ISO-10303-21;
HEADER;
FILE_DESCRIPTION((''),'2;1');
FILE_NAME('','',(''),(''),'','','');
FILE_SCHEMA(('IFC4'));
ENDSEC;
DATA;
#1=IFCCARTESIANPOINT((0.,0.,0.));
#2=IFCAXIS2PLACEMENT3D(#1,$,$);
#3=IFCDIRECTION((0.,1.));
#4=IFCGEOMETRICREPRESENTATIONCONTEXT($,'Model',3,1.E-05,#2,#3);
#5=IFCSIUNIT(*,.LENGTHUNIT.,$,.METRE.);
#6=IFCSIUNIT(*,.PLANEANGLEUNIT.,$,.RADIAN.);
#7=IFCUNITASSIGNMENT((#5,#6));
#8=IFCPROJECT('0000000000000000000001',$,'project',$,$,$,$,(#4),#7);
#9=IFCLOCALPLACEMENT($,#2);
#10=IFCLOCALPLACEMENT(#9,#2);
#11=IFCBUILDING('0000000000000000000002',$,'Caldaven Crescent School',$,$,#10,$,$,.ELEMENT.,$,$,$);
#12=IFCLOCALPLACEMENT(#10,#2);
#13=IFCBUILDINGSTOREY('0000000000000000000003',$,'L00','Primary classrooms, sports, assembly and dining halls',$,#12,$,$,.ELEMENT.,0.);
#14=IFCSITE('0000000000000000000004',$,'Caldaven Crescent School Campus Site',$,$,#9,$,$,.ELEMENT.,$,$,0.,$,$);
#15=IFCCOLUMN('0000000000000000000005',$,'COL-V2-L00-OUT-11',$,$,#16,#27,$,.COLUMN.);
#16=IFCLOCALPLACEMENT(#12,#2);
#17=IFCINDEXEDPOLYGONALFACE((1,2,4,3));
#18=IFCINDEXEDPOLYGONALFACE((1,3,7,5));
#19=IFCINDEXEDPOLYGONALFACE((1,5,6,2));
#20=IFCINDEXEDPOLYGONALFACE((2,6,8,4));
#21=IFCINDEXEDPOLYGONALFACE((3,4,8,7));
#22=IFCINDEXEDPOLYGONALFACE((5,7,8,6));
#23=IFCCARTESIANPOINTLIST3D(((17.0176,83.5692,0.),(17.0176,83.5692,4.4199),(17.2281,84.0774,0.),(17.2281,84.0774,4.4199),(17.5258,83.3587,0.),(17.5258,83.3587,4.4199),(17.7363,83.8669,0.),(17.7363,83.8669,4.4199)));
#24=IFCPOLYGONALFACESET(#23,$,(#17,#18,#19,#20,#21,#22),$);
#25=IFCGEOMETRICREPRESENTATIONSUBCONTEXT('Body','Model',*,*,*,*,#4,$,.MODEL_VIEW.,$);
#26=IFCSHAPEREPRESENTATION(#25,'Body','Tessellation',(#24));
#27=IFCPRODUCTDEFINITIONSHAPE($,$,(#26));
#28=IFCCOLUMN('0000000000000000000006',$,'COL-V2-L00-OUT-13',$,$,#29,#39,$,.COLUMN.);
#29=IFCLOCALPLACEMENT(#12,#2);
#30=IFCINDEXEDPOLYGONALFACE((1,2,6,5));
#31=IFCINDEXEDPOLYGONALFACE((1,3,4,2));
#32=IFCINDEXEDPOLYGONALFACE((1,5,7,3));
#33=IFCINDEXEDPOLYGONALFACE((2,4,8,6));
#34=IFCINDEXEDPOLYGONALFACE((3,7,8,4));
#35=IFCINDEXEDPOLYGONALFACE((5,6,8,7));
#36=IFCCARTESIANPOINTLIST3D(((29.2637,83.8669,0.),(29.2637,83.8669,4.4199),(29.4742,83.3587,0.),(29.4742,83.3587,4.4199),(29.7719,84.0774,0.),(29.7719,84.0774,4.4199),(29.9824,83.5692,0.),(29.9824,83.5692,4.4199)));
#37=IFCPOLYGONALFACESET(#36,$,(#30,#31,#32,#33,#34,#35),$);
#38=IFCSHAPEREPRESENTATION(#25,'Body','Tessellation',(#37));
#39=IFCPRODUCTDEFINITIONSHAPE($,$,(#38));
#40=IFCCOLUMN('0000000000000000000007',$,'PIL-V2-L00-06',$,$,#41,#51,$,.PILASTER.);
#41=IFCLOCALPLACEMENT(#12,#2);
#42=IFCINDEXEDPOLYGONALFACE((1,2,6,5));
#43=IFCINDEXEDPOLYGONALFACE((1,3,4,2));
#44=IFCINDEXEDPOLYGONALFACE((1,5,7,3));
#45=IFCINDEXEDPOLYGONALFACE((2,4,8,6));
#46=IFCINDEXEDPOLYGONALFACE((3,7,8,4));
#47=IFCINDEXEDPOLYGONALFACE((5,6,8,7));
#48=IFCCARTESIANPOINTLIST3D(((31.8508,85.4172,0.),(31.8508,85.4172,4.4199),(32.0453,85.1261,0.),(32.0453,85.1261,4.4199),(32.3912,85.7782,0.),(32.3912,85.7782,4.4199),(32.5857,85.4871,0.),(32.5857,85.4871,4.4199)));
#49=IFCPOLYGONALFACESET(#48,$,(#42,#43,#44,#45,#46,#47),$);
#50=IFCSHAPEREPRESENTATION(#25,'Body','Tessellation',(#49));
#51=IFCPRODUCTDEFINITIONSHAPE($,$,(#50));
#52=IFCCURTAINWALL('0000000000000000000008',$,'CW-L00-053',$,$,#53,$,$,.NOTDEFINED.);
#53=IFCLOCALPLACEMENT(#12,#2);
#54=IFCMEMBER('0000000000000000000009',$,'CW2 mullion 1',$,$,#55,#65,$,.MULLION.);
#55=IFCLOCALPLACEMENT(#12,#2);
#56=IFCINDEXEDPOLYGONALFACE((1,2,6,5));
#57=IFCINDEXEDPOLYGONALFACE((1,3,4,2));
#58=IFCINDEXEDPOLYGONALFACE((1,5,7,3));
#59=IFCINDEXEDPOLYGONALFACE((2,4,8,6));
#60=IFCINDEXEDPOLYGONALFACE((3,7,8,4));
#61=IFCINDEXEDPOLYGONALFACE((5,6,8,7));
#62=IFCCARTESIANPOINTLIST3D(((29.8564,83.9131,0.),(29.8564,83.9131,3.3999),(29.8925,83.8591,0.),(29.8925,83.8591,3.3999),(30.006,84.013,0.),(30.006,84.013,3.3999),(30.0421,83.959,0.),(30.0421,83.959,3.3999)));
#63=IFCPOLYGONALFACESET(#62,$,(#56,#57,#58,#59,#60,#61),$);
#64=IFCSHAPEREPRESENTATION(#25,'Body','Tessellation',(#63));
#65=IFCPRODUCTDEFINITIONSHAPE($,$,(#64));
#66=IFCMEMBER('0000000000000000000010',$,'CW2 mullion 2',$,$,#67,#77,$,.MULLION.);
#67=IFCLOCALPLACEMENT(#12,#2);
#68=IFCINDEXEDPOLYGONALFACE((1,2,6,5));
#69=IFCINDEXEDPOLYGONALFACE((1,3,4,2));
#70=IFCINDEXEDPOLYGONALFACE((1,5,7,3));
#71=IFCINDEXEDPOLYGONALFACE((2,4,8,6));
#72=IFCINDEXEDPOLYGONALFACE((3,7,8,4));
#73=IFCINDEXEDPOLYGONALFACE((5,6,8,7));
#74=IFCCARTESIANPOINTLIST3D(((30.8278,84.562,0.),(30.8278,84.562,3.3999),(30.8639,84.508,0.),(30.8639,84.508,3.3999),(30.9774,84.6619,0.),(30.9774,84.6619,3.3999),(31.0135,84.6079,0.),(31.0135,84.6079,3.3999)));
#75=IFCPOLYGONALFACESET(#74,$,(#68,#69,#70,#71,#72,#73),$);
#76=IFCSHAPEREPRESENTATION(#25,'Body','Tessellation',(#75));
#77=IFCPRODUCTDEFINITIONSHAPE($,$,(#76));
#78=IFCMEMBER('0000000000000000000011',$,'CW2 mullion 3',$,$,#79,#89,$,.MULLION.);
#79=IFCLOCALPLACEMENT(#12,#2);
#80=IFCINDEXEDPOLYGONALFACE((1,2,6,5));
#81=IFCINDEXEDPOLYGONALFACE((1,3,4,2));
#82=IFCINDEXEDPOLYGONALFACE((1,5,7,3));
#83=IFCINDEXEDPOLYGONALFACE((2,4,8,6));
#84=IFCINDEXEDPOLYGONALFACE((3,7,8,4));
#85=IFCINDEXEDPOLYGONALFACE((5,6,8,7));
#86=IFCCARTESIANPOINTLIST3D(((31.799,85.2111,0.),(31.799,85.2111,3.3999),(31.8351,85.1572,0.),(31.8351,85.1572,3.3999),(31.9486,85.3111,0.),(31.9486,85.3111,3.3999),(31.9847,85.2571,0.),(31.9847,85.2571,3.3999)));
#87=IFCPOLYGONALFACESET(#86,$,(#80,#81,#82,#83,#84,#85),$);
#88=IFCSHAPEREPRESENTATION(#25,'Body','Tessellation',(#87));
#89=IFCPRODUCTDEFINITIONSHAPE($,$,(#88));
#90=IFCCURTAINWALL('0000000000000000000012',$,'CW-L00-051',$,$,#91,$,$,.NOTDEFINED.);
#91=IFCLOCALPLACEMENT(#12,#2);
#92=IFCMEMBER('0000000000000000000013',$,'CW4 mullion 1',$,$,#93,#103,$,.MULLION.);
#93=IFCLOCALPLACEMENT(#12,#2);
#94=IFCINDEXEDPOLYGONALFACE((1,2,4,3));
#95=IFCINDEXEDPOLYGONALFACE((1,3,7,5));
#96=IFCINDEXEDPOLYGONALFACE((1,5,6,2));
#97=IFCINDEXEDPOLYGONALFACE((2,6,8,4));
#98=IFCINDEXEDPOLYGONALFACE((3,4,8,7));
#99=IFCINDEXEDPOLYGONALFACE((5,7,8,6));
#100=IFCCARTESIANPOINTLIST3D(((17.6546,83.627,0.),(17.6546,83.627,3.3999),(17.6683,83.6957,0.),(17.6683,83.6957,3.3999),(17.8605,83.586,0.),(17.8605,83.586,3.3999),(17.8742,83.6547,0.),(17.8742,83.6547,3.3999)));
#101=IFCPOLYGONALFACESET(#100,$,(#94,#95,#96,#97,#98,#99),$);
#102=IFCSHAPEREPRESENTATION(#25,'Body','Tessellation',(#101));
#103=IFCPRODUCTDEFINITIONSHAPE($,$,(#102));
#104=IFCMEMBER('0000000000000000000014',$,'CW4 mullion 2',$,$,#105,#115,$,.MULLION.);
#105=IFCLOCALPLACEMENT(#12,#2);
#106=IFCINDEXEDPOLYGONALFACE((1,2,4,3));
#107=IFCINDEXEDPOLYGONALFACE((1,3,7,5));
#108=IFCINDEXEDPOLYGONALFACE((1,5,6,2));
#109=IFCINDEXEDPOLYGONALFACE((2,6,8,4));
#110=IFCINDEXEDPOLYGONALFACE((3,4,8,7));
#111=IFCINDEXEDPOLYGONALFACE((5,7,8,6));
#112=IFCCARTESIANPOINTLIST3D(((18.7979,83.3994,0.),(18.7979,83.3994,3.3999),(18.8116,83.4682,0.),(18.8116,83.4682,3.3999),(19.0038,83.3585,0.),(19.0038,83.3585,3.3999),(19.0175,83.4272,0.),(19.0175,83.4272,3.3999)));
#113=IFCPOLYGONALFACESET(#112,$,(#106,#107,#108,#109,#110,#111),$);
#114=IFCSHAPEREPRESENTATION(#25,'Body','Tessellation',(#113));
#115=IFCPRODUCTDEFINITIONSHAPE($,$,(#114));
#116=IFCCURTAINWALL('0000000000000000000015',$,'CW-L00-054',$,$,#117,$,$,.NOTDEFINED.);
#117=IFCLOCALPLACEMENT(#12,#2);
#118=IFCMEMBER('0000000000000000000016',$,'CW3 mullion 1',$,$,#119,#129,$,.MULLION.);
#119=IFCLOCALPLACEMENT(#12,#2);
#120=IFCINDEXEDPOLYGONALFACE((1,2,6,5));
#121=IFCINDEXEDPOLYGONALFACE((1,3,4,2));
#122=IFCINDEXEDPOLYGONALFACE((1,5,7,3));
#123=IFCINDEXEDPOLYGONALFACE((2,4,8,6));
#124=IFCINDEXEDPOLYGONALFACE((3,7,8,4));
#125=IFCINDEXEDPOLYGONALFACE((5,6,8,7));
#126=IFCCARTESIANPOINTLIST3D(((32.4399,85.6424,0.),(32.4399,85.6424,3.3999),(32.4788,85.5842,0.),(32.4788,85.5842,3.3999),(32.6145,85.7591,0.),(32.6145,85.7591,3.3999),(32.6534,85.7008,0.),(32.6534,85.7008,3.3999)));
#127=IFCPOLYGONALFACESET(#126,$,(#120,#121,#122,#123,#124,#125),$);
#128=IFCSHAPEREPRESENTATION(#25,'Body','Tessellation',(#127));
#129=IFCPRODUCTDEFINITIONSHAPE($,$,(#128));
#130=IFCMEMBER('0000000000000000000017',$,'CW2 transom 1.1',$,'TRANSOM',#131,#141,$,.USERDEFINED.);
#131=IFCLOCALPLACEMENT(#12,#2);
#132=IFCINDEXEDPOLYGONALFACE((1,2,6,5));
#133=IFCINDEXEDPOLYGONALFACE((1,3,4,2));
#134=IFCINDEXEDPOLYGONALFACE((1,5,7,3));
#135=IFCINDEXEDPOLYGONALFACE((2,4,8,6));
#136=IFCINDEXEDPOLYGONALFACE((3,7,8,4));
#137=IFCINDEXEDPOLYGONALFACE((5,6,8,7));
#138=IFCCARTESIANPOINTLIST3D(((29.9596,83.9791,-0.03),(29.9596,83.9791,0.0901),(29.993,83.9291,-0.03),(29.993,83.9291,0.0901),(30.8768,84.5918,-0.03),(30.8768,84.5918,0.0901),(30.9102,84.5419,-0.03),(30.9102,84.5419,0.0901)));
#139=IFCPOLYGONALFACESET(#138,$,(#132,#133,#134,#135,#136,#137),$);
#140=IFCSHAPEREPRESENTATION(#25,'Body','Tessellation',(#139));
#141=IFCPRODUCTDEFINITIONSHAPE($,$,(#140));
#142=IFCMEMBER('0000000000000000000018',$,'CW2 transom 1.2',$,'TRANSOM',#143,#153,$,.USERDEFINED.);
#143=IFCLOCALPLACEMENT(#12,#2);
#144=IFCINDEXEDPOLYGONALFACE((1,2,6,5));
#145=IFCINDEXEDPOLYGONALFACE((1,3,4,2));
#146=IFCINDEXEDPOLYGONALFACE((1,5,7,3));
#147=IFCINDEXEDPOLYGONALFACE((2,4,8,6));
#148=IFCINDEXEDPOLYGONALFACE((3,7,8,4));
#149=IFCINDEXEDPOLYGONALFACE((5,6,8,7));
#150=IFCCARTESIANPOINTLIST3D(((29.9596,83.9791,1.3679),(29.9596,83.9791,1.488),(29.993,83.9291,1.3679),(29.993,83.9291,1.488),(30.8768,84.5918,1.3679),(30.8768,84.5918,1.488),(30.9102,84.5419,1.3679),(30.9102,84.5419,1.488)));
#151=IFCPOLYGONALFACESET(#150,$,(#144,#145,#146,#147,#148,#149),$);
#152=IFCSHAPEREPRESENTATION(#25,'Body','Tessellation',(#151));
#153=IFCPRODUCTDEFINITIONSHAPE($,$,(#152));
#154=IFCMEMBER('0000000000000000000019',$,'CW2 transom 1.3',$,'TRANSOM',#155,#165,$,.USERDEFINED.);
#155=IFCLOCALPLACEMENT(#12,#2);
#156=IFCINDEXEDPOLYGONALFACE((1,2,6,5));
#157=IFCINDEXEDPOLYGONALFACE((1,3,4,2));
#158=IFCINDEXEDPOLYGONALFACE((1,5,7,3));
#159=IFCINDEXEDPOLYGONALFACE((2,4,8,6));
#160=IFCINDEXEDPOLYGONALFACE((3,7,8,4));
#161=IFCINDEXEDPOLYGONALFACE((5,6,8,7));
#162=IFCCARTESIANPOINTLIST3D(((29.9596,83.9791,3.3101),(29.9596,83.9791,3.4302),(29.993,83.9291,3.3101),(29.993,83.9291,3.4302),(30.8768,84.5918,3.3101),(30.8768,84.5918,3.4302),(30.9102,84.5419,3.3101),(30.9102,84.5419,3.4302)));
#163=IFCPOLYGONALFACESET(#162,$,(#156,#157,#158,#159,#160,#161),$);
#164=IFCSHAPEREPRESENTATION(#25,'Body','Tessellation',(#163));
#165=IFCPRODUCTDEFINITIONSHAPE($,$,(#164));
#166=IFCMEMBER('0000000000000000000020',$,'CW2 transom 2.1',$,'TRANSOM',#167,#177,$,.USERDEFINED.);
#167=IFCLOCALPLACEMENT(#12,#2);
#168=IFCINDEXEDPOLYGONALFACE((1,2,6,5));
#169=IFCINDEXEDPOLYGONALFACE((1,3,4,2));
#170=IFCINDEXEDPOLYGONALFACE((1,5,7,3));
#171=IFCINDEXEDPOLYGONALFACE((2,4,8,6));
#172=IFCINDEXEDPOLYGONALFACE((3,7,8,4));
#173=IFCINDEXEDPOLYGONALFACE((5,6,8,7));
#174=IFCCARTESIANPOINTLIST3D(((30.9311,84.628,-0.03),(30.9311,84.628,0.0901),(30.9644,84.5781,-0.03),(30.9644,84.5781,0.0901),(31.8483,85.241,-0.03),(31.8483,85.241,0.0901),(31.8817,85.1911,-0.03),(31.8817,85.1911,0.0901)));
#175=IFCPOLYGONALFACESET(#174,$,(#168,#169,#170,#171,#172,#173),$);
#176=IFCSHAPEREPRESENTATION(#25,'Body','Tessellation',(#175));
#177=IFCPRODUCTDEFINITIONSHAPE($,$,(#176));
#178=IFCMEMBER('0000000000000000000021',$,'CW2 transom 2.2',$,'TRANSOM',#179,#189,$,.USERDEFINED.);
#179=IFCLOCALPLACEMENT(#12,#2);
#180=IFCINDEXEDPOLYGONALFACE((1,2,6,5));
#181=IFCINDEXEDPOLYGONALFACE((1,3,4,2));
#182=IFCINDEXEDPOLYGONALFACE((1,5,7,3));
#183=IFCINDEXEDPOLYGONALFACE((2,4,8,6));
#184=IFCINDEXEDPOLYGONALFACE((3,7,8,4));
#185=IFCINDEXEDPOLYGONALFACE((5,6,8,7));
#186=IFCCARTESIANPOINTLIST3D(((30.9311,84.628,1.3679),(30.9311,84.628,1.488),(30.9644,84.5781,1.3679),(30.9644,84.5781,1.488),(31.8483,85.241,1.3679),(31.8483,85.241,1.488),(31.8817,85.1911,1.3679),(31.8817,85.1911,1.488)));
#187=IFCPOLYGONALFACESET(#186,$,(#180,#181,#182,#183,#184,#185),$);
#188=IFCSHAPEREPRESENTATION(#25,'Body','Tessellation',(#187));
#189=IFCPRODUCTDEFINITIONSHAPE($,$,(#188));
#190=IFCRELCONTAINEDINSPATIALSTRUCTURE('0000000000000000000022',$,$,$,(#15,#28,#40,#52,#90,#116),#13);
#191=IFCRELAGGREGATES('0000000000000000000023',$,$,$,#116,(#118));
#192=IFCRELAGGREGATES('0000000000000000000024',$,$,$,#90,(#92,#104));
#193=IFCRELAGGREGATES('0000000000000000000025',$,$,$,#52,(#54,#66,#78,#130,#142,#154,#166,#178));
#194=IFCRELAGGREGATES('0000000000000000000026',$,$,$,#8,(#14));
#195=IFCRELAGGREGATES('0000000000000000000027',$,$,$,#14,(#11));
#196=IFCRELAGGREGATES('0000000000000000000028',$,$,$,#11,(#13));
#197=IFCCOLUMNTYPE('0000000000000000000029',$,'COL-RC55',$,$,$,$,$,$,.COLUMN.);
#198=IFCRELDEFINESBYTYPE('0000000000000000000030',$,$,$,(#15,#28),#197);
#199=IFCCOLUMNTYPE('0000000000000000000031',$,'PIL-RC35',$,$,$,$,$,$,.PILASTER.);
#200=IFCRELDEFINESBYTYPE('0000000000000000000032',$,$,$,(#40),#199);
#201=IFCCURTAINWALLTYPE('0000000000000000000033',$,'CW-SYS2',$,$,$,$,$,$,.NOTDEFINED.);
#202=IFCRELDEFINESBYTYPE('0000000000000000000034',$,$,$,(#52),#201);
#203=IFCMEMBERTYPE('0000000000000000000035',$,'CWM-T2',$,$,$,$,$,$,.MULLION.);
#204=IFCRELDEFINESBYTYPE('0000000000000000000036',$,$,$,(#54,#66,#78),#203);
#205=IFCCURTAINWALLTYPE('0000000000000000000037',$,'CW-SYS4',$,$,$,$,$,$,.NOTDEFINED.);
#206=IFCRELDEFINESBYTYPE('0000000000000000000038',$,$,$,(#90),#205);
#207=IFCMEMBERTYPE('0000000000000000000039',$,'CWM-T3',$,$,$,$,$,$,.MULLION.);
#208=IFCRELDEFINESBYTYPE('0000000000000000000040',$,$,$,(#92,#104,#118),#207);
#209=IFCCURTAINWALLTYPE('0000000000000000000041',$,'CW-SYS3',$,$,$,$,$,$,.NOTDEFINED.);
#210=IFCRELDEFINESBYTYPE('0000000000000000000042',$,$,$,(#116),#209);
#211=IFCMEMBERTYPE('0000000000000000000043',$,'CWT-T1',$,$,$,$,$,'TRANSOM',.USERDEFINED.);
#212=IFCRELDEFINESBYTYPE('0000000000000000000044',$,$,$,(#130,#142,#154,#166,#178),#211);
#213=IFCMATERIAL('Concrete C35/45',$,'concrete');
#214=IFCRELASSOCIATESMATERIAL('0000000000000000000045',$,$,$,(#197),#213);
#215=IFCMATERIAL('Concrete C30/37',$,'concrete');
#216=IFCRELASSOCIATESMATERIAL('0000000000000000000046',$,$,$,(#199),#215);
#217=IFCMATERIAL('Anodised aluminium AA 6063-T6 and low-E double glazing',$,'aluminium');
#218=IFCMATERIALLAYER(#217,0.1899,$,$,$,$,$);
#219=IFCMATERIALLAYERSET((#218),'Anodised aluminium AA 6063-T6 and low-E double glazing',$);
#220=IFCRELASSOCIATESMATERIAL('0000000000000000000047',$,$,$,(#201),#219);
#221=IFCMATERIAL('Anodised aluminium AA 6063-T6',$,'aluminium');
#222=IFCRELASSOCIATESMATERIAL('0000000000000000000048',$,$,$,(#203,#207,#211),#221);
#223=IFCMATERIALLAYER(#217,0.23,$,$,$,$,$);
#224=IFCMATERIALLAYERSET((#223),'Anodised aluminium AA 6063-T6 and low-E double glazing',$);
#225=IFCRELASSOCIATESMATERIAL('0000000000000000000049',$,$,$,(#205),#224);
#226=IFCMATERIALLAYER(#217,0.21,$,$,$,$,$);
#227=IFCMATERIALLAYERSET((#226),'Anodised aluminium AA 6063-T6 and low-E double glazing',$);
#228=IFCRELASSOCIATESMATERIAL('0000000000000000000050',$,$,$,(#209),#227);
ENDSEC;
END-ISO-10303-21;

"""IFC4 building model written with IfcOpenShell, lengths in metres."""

from ifc_helpers import new_model, si_unit, direction, frame, origin, origin_2d, place, context, subcontext, project, spatial, rectangle, extrude, material, layer, layer_set, material_profile, profile_set, type_object, element, aggregate, save


model = new_model("IFC4")

# Units and contexts
model_context = context("Model", 3, precision=1e-05, world=origin(), true_north=direction((0.0, 1.0)))
body_context = subcontext(model_context, "Body", "Model", "MODEL_VIEW")
ifc_project = project(units=[si_unit("LENGTHUNIT", "METRE"), si_unit("PLANEANGLEUNIT", "RADIAN")], contexts=[model_context])

# Site, building, storey
site_placement = place(None, origin())
site = spatial("IfcSite", under=ifc_project, at=site_placement, Name="Caldaven Crescent School Campus Site", CompositionType="ELEMENT", RefElevation=0.0)
building_placement = place(site_placement, origin())
building = spatial("IfcBuilding", under=site, at=building_placement, Name="Caldaven Crescent School", CompositionType="ELEMENT")
storey_placement = place(building_placement, origin())
storey = spatial("IfcBuildingStorey", under=building, at=storey_placement, Name="L00", Description="Primary classrooms, sports, assembly and dining halls", CompositionType="ELEMENT", Elevation=0.0)

# Columns
ifc_material_1 = material(Name="Concrete C35/45", Category="concrete")
ifc_material_profile_1 = material_profile(ifc_material_1, rectangle(XDim=0.55, YDim=0.55, at=origin_2d()), Name="RC 550x550")
ifc_profile_set_1 = profile_set([ifc_material_profile_1], Name="Concrete C35/45")
column_type_1 = type_object("IfcColumnType", Name="COL-RC55", PredefinedType="COLUMN", material=ifc_profile_set_1)
for number, where, z_axis, x_axis, name in (
    (1, (17.377, 83.718, 0.0), (0.0, 0.0, 1.0), (-0.382683, -0.92388, 0.0), "COL-V2-L00-OUT-11"),
    (2, (29.623, 83.718, 0.0), (0.0, 0.0, 1.0), (0.382683, -0.92388, 0.0), "COL-V2-L00-OUT-13"),
):
    element("IfcColumn", number, at=place(storey_placement, frame(where, z_axis=z_axis, x_axis=x_axis)), inside=storey, type_object=column_type_1, Name=name, PredefinedType="COLUMN", context=body_context, shape_type="SweptSolid", body=[
        extrude(rectangle(XDim=0.55, YDim=0.55, at=origin_2d()), origin(), (0.0, 0.0, 1.0), 4.4199),
    ])
ifc_material_2 = material(Name="Concrete C30/37", Category="concrete")
ifc_material_profile_2 = material_profile(ifc_material_2, rectangle(XDim=0.3501, YDim=0.6499, at=origin_2d()), Name="RC 350x650")
ifc_profile_set_2 = profile_set([ifc_material_profile_2], Name="Concrete C30/37")
column_type_2 = type_object("IfcColumnType", Name="PIL-RC35", PredefinedType="PILASTER", material=ifc_profile_set_2)
column_placement = place(storey_placement, frame((32.2183, 85.4521, 0.0), z_axis=(0.0, 0.0, 1.0), x_axis=(0.55557, -0.83147, 0.0)))
element("IfcColumn", 3, at=column_placement, inside=storey, type_object=column_type_2, Name="PIL-V2-L00-06", PredefinedType="PILASTER", context=body_context, shape_type="SweptSolid", body=[
    extrude(rectangle(XDim=0.3501, YDim=0.6499, at=origin_2d()), origin(), (0.0, 0.0, 1.0), 4.4199),
])

# Curtain walls, members
ifc_material_3 = material(Name="Anodised aluminium AA 6063-T6 and low-E double glazing", Category="aluminium")
ifc_layer_1 = layer(ifc_material_3, 0.1899)
ifc_layer_set_1 = layer_set([ifc_layer_1], Name="Anodised aluminium AA 6063-T6 and low-E double glazing")
curtain_wall_type_1 = type_object("IfcCurtainWallType", Name="CW-SYS2", PredefinedType="NOTDEFINED", material=ifc_layer_set_1)
curtain_wall_1_placement = place(storey_placement, origin())
curtain_wall_1 = element("IfcCurtainWall", 4, at=curtain_wall_1_placement, inside=storey, type_object=curtain_wall_type_1, Name="CW-L00-053", PredefinedType="NOTDEFINED")
ifc_material_4 = material(Name="Anodised aluminium AA 6063-T6", Category="aluminium")
ifc_material_profile_3 = material_profile(ifc_material_4, rectangle(XDim=0.0649, YDim=0.1799, at=origin_2d()), Name="CWM 65x180")
ifc_profile_set_3 = profile_set([ifc_material_profile_3], Name="Anodised aluminium AA 6063-T6")
member_type_1 = type_object("IfcMemberType", Name="CWM-T2", PredefinedType="MULLION", material=ifc_profile_set_3)
member_1_placement = place(storey_placement, frame((29.9492, 83.936, 0.0), z_axis=(0.0, 0.0, 1.0), x_axis=(-0.55557, 0.83147, 0.0)))
member_1 = element("IfcMember", 5, at=member_1_placement, type_object=member_type_1, Name="CW2 mullion 1", PredefinedType="MULLION", context=body_context, shape_type="SweptSolid", body=[
    extrude(rectangle(XDim=0.0649, YDim=0.1799, at=origin_2d()), origin(), (0.0, 0.0, 1.0), 3.3999),
])
member_2_placement = place(storey_placement, frame((30.9207, 84.585, 0.0), z_axis=(0.0, 0.0, 1.0), x_axis=(-0.55557, 0.83147, 0.0)))
member_2 = element("IfcMember", 6, at=member_2_placement, type_object=member_type_1, Name="CW2 mullion 2", PredefinedType="MULLION", context=body_context, shape_type="SweptSolid", body=[
    extrude(rectangle(XDim=0.0649, YDim=0.1799, at=origin_2d()), origin(), (0.0, 0.0, 1.0), 3.3999),
])
member_3_placement = place(storey_placement, frame((31.8918, 85.2341, 0.0), z_axis=(0.0, 0.0, 1.0), x_axis=(-0.55557, 0.83147, 0.0)))
member_3 = element("IfcMember", 7, at=member_3_placement, type_object=member_type_1, Name="CW2 mullion 3", PredefinedType="MULLION", context=body_context, shape_type="SweptSolid", body=[
    extrude(rectangle(XDim=0.0649, YDim=0.1799, at=origin_2d()), origin(), (0.0, 0.0, 1.0), 3.3999),
])
ifc_layer_2 = layer(ifc_material_3, 0.23)
ifc_layer_set_2 = layer_set([ifc_layer_2], Name="Anodised aluminium AA 6063-T6 and low-E double glazing")
curtain_wall_type_2 = type_object("IfcCurtainWallType", Name="CW-SYS4", PredefinedType="NOTDEFINED", material=ifc_layer_set_2)
curtain_wall_2_placement = place(storey_placement, origin())
curtain_wall_2 = element("IfcCurtainWall", 8, at=curtain_wall_2_placement, inside=storey, type_object=curtain_wall_type_2, Name="CW-L00-051", PredefinedType="NOTDEFINED")
ifc_material_profile_4 = material_profile(ifc_material_4, rectangle(XDim=0.0701, YDim=0.21, at=origin_2d()), Name="CWM 70x210")
ifc_profile_set_4 = profile_set([ifc_material_profile_4], Name="Anodised aluminium AA 6063-T6")
member_type_2 = type_object("IfcMemberType", Name="CWM-T3", PredefinedType="MULLION", material=ifc_profile_set_4)
member_4_placement = place(storey_placement, frame((17.7644, 83.6409, 0.0), z_axis=(0.0, 0.0, 1.0), x_axis=(0.195087, 0.980786, 0.0)))
member_4 = element("IfcMember", 9, at=member_4_placement, type_object=member_type_2, Name="CW4 mullion 1", PredefinedType="MULLION", context=body_context, shape_type="SweptSolid", body=[
    extrude(rectangle(XDim=0.0701, YDim=0.21, at=origin_2d()), origin(), (0.0, 0.0, 1.0), 3.3999),
])
member_5_placement = place(storey_placement, frame((18.9077, 83.4133, 0.0), z_axis=(0.0, 0.0, 1.0), x_axis=(0.195087, 0.980786, 0.0)))
member_5 = element("IfcMember", 10, at=member_5_placement, type_object=member_type_2, Name="CW4 mullion 2", PredefinedType="MULLION", context=body_context, shape_type="SweptSolid", body=[
    extrude(rectangle(XDim=0.0701, YDim=0.21, at=origin_2d()), origin(), (0.0, 0.0, 1.0), 3.3999),
])

# Curtain wall, member
ifc_layer_3 = layer(ifc_material_3, 0.21)
ifc_layer_set_3 = layer_set([ifc_layer_3], Name="Anodised aluminium AA 6063-T6 and low-E double glazing")
curtain_wall_type_3 = type_object("IfcCurtainWallType", Name="CW-SYS3", PredefinedType="NOTDEFINED", material=ifc_layer_set_3)
curtain_wall_3_placement = place(storey_placement, origin())
curtain_wall_3 = element("IfcCurtainWall", 11, at=curtain_wall_3_placement, inside=storey, type_object=curtain_wall_type_3, Name="CW-L00-054", PredefinedType="NOTDEFINED")
member_6_placement = place(storey_placement, frame((32.5466, 85.6716, 0.0), z_axis=(0.0, 0.0, 1.0), x_axis=(-0.555572, 0.831468, 0.0)))
member_6 = element("IfcMember", 12, at=member_6_placement, type_object=member_type_2, Name="CW3 mullion 1", PredefinedType="MULLION", context=body_context, shape_type="SweptSolid", body=[
    extrude(rectangle(XDim=0.0701, YDim=0.21, at=origin_2d()), origin(), (0.0, 0.0, 1.0), 3.3999),
])

# Members
ifc_material_profile_5 = material_profile(ifc_material_4, rectangle(XDim=0.0601, YDim=0.1201, at=origin_2d()), Name="CWT 60x120")
ifc_profile_set_5 = profile_set([ifc_material_profile_5], Name="Anodised aluminium AA 6063-T6")
member_type_3 = type_object("IfcMemberType", Name="CWT-T1", ElementType="TRANSOM", PredefinedType="USERDEFINED", material=ifc_profile_set_5)
member_7_placement = place(storey_placement, frame((29.9763, 83.9541, 0.03), z_axis=(0.831505, 0.555517, 0.0), x_axis=(-0.555517, 0.831505, 0.0)))
member_7 = element("IfcMember", 13, at=member_7_placement, type_object=member_type_3, Name="CW2 transom 1.1", ObjectType="TRANSOM", PredefinedType="USERDEFINED", context=body_context, shape_type="SweptSolid", body=[
    extrude(rectangle(XDim=0.0601, YDim=0.1201, at=origin_2d()), origin(), (0.0, 0.0, 1.0), 1.103),
])
member_8_placement = place(storey_placement, frame((29.9763, 83.9541, 1.428), z_axis=(0.831505, 0.555517, 0.0), x_axis=(-0.555517, 0.831505, 0.0)))
member_8 = element("IfcMember", 14, at=member_8_placement, type_object=member_type_3, Name="CW2 transom 1.2", ObjectType="TRANSOM", PredefinedType="USERDEFINED", context=body_context, shape_type="SweptSolid", body=[
    extrude(rectangle(XDim=0.0601, YDim=0.1201, at=origin_2d()), origin(), (0.0, 0.0, 1.0), 1.103),
])
member_9_placement = place(storey_placement, frame((29.9763, 83.9541, 3.3701), z_axis=(0.831505, 0.555517, 0.0), x_axis=(-0.555517, 0.831505, 0.0)))
member_9 = element("IfcMember", 15, at=member_9_placement, type_object=member_type_3, Name="CW2 transom 1.3", ObjectType="TRANSOM", PredefinedType="USERDEFINED", context=body_context, shape_type="SweptSolid", body=[
    extrude(rectangle(XDim=0.0601, YDim=0.1201, at=origin_2d()), origin(), (0.0, 0.0, 1.0), 1.103),
])
member_10_placement = place(storey_placement, frame((30.9478, 84.603, 0.03), z_axis=(0.831403, 0.55567, 0.0), x_axis=(-0.55567, 0.831403, 0.0)))
member_10 = element("IfcMember", 16, at=member_10_placement, type_object=member_type_3, Name="CW2 transom 2.1", ObjectType="TRANSOM", PredefinedType="USERDEFINED", context=body_context, shape_type="SweptSolid", body=[
    extrude(rectangle(XDim=0.0601, YDim=0.1201, at=origin_2d()), origin(), (0.0, 0.0, 1.0), 1.1033),
])
member_11_placement = place(storey_placement, frame((30.9478, 84.603, 1.428), z_axis=(0.831403, 0.55567, 0.0), x_axis=(-0.55567, 0.831403, 0.0)))
member_11 = element("IfcMember", 17, at=member_11_placement, type_object=member_type_3, Name="CW2 transom 2.2", ObjectType="TRANSOM", PredefinedType="USERDEFINED", context=body_context, shape_type="SweptSolid", body=[
    extrude(rectangle(XDim=0.0601, YDim=0.1201, at=origin_2d()), origin(), (0.0, 0.0, 1.0), 1.1033),
])
aggregate(curtain_wall_3, [member_6])

aggregate(curtain_wall_2, [member_4, member_5])
aggregate(curtain_wall_1, [member_1, member_2, member_3, member_7, member_8, member_9, member_10, member_11])

save(model, "model.ifc")
